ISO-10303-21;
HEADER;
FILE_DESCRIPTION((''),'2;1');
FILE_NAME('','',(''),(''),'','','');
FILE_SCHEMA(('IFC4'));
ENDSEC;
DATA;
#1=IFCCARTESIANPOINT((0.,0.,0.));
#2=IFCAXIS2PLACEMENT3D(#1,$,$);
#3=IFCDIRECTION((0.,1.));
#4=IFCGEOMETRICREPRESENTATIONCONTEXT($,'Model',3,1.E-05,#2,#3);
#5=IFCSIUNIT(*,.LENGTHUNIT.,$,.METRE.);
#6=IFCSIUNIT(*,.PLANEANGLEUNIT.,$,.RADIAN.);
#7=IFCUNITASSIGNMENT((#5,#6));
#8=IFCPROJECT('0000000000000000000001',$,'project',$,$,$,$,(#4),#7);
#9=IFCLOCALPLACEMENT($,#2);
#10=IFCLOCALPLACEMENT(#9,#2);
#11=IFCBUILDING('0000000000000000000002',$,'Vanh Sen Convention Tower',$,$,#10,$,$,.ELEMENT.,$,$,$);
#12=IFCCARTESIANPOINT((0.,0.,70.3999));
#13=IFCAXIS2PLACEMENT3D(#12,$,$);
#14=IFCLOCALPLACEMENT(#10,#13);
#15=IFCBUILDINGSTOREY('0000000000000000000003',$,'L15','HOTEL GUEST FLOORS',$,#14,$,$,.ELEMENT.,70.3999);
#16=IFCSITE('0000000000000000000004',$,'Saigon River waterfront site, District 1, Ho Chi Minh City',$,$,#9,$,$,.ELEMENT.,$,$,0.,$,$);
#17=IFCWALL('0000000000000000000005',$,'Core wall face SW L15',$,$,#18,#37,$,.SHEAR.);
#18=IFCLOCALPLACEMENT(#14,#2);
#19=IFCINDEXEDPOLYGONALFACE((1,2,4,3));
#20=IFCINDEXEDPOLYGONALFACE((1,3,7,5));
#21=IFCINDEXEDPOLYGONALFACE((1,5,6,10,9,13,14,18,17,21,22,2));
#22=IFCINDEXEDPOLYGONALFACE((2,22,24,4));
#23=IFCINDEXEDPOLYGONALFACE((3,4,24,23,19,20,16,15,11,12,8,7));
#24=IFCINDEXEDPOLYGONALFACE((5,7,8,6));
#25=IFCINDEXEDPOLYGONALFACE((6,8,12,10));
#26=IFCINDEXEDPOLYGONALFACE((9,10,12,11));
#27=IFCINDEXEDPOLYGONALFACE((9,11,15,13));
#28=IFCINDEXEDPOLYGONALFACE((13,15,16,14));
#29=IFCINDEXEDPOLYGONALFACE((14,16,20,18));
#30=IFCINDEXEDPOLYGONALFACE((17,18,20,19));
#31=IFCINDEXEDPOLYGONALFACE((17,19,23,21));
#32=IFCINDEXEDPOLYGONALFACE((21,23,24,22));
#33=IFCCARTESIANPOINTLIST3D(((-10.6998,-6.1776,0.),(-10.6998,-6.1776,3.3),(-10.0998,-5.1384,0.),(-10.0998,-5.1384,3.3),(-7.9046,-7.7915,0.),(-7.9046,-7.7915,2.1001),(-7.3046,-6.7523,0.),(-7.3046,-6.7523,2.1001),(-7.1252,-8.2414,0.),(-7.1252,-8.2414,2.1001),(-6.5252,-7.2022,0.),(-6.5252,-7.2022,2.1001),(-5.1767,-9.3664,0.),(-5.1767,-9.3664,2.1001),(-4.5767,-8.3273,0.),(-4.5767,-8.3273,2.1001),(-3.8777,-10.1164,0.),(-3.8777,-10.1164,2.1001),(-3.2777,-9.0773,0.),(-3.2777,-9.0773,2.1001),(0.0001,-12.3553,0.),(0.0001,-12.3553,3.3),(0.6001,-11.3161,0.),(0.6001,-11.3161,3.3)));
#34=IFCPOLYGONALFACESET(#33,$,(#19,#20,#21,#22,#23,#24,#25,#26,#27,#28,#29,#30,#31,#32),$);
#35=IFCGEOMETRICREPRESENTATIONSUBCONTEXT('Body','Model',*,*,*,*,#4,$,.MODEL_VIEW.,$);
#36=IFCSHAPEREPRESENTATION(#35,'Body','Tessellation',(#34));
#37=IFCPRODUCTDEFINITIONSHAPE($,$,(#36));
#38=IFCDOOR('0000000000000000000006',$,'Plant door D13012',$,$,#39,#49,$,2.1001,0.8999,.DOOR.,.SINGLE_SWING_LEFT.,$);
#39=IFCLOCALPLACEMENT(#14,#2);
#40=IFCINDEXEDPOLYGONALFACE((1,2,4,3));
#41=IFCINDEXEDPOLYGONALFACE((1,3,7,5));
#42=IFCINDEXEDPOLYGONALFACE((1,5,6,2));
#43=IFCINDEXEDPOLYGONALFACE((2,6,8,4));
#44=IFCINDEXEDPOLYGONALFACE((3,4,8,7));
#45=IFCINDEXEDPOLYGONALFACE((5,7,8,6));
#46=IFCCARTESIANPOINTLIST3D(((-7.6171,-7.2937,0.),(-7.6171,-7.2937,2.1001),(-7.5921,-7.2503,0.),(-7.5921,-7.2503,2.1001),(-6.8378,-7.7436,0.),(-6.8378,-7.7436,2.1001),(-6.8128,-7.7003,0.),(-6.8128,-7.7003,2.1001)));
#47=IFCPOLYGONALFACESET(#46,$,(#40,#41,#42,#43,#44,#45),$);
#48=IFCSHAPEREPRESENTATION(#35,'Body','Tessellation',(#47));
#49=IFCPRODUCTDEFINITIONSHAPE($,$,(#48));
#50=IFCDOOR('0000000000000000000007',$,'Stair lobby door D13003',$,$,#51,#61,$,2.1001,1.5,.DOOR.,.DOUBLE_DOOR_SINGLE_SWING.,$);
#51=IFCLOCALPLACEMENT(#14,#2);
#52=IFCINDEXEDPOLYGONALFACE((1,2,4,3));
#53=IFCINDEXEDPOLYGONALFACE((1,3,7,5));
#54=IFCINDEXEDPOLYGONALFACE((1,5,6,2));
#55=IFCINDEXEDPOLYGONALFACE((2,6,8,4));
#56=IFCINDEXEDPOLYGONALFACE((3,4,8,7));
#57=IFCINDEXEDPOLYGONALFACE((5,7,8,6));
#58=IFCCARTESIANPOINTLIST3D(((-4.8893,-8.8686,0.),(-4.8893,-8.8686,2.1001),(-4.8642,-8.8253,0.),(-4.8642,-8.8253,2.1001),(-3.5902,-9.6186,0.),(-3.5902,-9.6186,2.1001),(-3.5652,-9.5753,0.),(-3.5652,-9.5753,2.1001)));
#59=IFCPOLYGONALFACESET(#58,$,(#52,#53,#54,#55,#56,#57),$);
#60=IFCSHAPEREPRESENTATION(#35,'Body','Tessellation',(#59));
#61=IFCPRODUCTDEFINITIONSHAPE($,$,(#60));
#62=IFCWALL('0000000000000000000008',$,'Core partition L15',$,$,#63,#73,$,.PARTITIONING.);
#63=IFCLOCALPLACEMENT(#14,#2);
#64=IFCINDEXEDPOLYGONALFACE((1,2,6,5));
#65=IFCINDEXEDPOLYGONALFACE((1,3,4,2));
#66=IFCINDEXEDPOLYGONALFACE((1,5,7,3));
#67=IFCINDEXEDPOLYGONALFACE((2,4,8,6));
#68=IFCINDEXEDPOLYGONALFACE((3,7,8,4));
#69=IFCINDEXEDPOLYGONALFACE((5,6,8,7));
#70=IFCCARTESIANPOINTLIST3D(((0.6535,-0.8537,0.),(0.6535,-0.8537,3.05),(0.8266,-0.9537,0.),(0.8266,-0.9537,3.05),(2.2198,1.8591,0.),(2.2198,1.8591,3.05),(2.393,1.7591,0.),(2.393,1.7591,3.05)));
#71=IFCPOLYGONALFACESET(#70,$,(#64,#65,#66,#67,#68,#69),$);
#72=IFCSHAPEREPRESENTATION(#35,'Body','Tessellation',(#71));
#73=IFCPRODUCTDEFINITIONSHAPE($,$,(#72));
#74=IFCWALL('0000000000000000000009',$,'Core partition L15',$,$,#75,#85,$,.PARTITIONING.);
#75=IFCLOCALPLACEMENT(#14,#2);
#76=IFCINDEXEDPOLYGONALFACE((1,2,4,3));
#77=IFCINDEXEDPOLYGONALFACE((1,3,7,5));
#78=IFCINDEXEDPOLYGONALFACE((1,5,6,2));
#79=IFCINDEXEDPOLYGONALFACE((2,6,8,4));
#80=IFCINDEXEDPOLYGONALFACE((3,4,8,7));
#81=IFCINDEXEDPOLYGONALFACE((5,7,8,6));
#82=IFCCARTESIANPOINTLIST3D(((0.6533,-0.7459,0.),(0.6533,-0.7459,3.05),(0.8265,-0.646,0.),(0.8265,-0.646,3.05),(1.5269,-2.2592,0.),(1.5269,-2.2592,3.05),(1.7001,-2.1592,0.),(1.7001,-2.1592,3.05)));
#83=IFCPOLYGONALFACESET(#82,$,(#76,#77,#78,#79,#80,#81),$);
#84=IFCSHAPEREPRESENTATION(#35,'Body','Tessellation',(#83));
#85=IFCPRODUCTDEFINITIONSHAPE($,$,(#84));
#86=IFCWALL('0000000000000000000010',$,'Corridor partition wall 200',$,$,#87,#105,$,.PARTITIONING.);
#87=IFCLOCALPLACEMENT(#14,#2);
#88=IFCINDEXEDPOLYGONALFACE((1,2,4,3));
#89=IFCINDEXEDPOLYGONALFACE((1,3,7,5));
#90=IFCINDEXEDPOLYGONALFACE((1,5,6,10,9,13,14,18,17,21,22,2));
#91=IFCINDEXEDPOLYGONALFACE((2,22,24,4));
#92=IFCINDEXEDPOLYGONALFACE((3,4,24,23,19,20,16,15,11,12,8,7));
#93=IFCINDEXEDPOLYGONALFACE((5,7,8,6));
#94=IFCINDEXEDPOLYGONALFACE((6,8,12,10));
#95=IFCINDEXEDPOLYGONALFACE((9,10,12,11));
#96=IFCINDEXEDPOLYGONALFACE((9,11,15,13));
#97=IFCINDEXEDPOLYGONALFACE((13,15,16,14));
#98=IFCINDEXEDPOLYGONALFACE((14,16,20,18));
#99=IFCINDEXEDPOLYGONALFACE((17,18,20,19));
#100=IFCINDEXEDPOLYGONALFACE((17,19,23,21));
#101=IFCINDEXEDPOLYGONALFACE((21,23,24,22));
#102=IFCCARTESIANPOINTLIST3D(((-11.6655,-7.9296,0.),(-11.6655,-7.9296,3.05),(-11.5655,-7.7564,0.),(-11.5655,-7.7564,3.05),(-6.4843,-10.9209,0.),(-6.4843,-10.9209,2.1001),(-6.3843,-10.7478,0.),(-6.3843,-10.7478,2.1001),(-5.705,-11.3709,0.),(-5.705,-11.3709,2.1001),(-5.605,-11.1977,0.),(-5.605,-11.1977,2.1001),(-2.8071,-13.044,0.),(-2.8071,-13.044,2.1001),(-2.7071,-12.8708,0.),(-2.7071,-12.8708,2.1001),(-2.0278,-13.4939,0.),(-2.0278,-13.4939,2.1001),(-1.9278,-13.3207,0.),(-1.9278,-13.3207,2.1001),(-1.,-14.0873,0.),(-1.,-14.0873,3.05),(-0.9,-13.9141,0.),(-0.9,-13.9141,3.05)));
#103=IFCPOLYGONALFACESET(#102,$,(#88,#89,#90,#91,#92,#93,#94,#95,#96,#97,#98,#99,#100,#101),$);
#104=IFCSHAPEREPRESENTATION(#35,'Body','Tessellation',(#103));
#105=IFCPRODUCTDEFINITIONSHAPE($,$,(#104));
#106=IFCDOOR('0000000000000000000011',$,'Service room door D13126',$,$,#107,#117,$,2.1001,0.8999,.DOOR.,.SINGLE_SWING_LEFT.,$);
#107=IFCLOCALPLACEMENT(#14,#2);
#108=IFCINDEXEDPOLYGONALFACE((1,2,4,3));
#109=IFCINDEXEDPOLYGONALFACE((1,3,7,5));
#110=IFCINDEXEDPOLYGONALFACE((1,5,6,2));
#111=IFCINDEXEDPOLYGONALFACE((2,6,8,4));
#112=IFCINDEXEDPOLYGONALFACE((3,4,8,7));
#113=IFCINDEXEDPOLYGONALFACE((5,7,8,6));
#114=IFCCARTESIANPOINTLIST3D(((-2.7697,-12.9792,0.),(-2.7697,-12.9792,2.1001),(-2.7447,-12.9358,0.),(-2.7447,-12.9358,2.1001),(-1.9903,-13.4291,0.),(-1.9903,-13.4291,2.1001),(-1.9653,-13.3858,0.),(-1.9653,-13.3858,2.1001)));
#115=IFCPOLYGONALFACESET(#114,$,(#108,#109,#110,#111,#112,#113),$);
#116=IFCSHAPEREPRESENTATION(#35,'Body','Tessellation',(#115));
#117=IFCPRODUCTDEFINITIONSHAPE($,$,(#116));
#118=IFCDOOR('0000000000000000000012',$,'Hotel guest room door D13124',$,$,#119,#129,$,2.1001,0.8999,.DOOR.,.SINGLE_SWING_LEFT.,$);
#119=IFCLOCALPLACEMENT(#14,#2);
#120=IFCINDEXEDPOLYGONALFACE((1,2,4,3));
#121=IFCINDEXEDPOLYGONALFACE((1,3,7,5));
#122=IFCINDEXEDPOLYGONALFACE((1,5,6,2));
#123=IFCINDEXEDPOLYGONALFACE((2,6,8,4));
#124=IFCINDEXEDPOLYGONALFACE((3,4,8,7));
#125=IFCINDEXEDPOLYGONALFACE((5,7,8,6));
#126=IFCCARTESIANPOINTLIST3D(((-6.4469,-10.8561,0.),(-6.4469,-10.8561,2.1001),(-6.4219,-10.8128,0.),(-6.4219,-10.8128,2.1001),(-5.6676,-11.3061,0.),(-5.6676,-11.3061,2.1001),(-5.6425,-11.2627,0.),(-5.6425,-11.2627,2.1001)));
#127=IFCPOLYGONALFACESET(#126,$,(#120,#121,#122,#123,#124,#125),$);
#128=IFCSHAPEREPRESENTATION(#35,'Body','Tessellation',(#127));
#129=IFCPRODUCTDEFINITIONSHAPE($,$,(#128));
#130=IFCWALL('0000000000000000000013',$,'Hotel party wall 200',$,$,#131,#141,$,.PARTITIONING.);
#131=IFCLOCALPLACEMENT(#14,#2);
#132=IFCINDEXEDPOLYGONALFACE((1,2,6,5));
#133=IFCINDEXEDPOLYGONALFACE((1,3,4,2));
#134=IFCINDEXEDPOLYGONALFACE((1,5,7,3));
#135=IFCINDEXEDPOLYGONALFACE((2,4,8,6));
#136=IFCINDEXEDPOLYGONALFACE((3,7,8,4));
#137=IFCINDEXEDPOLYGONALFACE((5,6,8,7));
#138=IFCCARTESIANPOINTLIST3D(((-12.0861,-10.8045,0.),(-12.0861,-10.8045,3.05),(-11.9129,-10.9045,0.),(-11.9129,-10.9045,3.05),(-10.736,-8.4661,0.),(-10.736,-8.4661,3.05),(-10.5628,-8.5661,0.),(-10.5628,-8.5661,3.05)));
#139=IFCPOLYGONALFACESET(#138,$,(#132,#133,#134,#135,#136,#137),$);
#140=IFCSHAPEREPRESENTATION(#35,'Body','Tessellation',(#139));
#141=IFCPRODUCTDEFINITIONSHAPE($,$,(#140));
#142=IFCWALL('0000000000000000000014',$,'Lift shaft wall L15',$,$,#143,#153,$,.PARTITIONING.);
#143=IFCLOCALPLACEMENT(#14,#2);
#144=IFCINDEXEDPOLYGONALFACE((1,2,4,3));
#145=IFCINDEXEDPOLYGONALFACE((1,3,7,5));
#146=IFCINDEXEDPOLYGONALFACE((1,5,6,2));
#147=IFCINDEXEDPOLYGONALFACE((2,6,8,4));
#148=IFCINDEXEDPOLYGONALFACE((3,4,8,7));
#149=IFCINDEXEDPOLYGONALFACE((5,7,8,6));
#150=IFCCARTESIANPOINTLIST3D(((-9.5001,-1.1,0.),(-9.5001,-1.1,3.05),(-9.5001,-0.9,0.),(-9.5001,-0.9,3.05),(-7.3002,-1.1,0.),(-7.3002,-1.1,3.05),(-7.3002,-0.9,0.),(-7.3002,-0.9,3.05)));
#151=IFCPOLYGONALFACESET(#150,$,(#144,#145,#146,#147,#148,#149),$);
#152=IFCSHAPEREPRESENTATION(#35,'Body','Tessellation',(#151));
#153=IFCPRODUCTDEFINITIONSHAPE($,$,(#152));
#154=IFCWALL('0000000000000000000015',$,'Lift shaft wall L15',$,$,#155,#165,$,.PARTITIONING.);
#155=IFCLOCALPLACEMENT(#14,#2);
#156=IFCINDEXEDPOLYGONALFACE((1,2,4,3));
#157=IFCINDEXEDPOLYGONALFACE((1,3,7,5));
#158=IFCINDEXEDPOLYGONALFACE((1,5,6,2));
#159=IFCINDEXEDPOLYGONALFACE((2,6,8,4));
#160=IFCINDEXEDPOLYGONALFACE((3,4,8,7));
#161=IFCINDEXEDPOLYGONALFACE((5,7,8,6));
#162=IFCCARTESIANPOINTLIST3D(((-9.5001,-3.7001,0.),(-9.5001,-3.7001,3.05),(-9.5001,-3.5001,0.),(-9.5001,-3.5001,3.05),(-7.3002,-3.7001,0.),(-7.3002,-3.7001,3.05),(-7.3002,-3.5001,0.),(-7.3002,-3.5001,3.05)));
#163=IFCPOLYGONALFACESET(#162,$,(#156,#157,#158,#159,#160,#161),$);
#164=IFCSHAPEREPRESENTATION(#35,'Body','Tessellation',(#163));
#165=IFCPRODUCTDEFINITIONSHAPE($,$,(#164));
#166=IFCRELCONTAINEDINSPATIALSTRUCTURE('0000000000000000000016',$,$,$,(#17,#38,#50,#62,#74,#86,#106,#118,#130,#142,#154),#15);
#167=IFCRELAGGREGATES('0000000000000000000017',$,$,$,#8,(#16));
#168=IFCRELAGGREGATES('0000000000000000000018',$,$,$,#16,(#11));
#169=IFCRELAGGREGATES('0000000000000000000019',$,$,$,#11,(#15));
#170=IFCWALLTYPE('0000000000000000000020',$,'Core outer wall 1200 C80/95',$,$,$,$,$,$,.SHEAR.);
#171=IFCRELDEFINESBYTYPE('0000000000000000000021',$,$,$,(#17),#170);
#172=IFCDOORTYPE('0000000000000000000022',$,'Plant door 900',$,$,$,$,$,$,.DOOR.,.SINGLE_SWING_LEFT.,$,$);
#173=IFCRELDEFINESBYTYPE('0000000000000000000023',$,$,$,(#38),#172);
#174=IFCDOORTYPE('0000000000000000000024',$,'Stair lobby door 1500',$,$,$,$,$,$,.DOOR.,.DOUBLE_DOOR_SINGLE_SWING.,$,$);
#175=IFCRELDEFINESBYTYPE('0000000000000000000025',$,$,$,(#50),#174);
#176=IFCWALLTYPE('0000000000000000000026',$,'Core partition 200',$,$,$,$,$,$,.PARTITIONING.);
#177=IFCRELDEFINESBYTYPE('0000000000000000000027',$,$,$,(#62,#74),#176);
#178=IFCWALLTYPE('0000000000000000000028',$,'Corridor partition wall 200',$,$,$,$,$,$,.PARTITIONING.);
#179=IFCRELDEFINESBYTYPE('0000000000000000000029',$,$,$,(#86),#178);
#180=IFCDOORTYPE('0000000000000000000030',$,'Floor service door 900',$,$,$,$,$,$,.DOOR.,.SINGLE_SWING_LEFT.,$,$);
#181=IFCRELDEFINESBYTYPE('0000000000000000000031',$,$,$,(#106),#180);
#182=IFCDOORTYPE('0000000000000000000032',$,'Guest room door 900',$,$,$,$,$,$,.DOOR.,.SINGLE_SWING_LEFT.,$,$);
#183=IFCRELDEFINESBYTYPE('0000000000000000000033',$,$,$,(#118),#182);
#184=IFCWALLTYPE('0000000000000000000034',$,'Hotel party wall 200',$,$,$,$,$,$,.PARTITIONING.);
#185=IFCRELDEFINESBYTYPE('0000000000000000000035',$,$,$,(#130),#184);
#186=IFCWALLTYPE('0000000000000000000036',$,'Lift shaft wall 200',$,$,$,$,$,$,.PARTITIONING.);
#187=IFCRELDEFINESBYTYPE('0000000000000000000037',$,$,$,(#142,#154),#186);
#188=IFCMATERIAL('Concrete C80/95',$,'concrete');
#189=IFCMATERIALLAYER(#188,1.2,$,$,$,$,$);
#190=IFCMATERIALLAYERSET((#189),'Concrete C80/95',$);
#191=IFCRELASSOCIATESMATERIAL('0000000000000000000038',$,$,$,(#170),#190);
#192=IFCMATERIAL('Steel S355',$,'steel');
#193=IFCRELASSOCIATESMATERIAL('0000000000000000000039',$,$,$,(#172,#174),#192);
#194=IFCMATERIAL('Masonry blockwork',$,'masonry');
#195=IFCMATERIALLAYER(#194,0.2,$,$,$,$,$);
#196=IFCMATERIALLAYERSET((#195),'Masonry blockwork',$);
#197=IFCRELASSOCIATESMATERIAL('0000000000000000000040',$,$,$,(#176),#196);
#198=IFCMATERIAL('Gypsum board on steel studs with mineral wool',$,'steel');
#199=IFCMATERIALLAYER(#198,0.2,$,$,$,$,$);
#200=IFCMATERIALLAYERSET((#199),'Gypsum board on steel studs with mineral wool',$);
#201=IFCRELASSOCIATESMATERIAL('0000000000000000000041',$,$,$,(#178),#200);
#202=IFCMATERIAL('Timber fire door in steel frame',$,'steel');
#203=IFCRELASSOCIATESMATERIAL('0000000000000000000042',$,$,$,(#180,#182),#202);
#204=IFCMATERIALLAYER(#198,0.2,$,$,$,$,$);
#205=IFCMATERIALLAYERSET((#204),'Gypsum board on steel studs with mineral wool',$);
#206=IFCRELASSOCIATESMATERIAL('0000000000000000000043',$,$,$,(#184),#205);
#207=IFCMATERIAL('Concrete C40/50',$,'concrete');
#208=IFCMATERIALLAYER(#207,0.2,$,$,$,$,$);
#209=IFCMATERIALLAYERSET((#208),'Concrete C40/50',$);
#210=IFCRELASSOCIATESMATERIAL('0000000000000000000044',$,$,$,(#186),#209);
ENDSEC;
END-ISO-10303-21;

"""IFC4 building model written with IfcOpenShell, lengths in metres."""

from ifc_helpers import new_model, si_unit, direction, frame, frame_2d, origin, place, context, subcontext, project, spatial, rectangle, extrude, material, layer, layer_set, type_object, element, fill, save


model = new_model("IFC4")

# Units and contexts
model_context = context("Model", 3, precision=1e-05, world=origin(), true_north=direction((0.0, 1.0)))
body_context = subcontext(model_context, "Body", "Model", "MODEL_VIEW")
ifc_project = project(units=[si_unit("LENGTHUNIT", "METRE"), si_unit("PLANEANGLEUNIT", "RADIAN")], contexts=[model_context])

# Site, building, storey
site_placement = place(None, origin())
site = spatial("IfcSite", under=ifc_project, at=site_placement, Name="Saigon River waterfront site, District 1, Ho Chi Minh City", CompositionType="ELEMENT", RefElevation=0.0)
building_placement = place(site_placement, origin())
building = spatial("IfcBuilding", under=site, at=building_placement, Name="Vanh Sen Convention Tower", CompositionType="ELEMENT")
storey_placement = place(building_placement, frame((0.0, 0.0, 70.3999)))
storey = spatial("IfcBuildingStorey", under=building, at=storey_placement, Name="L15", Description="HOTEL GUEST FLOORS", CompositionType="ELEMENT", Elevation=70.3999)

# Shared definitions
ifc_material_1 = material(Name="Concrete C40/50", Category="concrete")

# Wall, openings, doors
ifc_material_2 = material(Name="Concrete C80/95", Category="concrete")
ifc_layer_1 = layer(ifc_material_2, 1.2)
ifc_layer_set_1 = layer_set([ifc_layer_1], Name="Concrete C80/95")
wall_type_1 = type_object("IfcWallType", Name="Core outer wall 1200 C80/95", PredefinedType="SHEAR", material=ifc_layer_set_1)
wall_1_placement = place(storey_placement, frame((-10.3999, -5.658, 0.0), z_axis=(0.0, 0.0, 1.0), x_axis=(0.866021, -0.500007, 0.0)))
wall_1 = element("IfcWall", 1, at=wall_1_placement, inside=storey, type_object=wall_type_1, Name="Core wall face SW L15", PredefinedType="SHEAR", context=body_context, shape_type="SweptSolid", body=[
    extrude(rectangle(XDim=12.3552, YDim=1.2, at=frame_2d((6.1777, 0.0))), origin(), (0.0, 0.0, 1.0), 3.3),
])
opening_1_placement = place(wall_1_placement, frame((6.3777, 0.0, 0.0)))
opening_1 = element("IfcOpeningElement", 2, at=opening_1_placement, cuts=wall_1, PredefinedType="OPENING", context=body_context, shape_type="SweptSolid", body=[
    extrude(rectangle(XDim=1.5, YDim=2.1001, at=frame_2d((0.75, 1.05))), frame((0.0, 0.6099, 0.0), z_axis=(0.0, -1.0, 0.0), x_axis=(1.0, 0.0, 0.0)), (0.0, 0.0, 1.0), 1.22),
])
opening_2_placement = place(wall_1_placement, frame((3.2278, 0.0, 0.0)))
opening_2 = element("IfcOpeningElement", 3, at=opening_2_placement, cuts=wall_1, PredefinedType="OPENING", context=body_context, shape_type="SweptSolid", body=[
    extrude(rectangle(XDim=0.8999, YDim=2.1001, at=frame_2d((0.45, 1.05))), frame((0.0, 0.6099, 0.0), z_axis=(0.0, -1.0, 0.0), x_axis=(1.0, 0.0, 0.0)), (0.0, 0.0, 1.0), 1.22),
])
ifc_material_3 = material(Name="Steel S355", Category="steel")
door_type_1 = type_object("IfcDoorType", Name="Plant door 900", OperationType="SINGLE_SWING_LEFT", PredefinedType="DOOR", material=ifc_material_3)
door_1_placement = place(opening_2_placement, origin())
door_1 = element("IfcDoor", 4, at=door_1_placement, inside=storey, type_object=door_type_1, Name="Plant door D13012", OperationType="SINGLE_SWING_LEFT", OverallHeight=2.1001, OverallWidth=0.8999, PredefinedType="DOOR", context=body_context, shape_type="SweptSolid", body=[
    extrude(rectangle(XDim=0.8999, YDim=2.1001, at=frame_2d((0.45, 1.05))), frame((0.0, 0.0249, 0.0), z_axis=(0.0, -1.0, 0.0), x_axis=(1.0, 0.0, 0.0)), (0.0, 0.0, 1.0), 0.05),
])
fill(opening_2, door_1)
door_type_2 = type_object("IfcDoorType", Name="Stair lobby door 1500", OperationType="DOUBLE_DOOR_SINGLE_SWING", PredefinedType="DOOR", material=ifc_material_3)
door_2_placement = place(opening_1_placement, origin())
door_2 = element("IfcDoor", 5, at=door_2_placement, inside=storey, type_object=door_type_2, Name="Stair lobby door D13003", OperationType="DOUBLE_DOOR_SINGLE_SWING", OverallHeight=2.1001, OverallWidth=1.5, PredefinedType="DOOR", context=body_context, shape_type="SweptSolid", body=[
    extrude(rectangle(XDim=1.5, YDim=2.1001, at=frame_2d((0.75, 1.05))), frame((0.0, 0.0249, 0.0), z_axis=(0.0, -1.0, 0.0), x_axis=(1.0, 0.0, 0.0)), (0.0, 0.0, 1.0), 0.05),
])
fill(opening_1, door_2)

# Walls
ifc_material_4 = material(Name="Masonry blockwork", Category="masonry")
ifc_layer_2 = layer(ifc_material_4, 0.2)
ifc_layer_set_2 = layer_set([ifc_layer_2], Name="Masonry blockwork")
wall_type_2 = type_object("IfcWallType", Name="Core partition 200", PredefinedType="PARTITIONING", material=ifc_layer_set_2)
wall_2_placement = place(storey_placement, frame((0.74, -0.9038, 0.0), z_axis=(0.0, 0.0, 1.0), x_axis=(0.500028, 0.866009, 0.0)))
element("IfcWall", 6, at=wall_2_placement, inside=storey, type_object=wall_type_2, Name="Core partition L15", PredefinedType="PARTITIONING", context=body_context, shape_type="SweptSolid", body=[
    extrude(rectangle(XDim=3.1326, YDim=0.2, at=frame_2d((1.5664, 0.0))), origin(), (0.0, 0.0, 1.0), 3.05),
])
wall_3_placement = place(storey_placement, frame((0.74, -0.696, 0.0), z_axis=(0.0, 0.0, 1.0), x_axis=(0.499956, -0.866051, 0.0)))
element("IfcWall", 7, at=wall_3_placement, inside=storey, type_object=wall_type_2, Name="Core partition L15", PredefinedType="PARTITIONING", context=body_context, shape_type="SweptSolid", body=[
    extrude(rectangle(XDim=1.7473, YDim=0.2, at=frame_2d((0.8735, 0.0))), origin(), (0.0, 0.0, 1.0), 3.05),
])

# Wall, openings, doors
ifc_material_5 = material(Name="Gypsum board on steel studs with mineral wool", Category="steel")
ifc_layer_3 = layer(ifc_material_5, 0.2)
ifc_layer_set_3 = layer_set([ifc_layer_3], Name="Gypsum board on steel studs with mineral wool")
wall_type_3 = type_object("IfcWallType", Name="Corridor partition wall 200", PredefinedType="PARTITIONING", material=ifc_layer_set_3)
wall_4_placement = place(storey_placement, frame((-11.6155, -7.843, 0.0), z_axis=(0.0, 0.0, 1.0), x_axis=(0.866026, -0.499998, 0.0)))
wall_4 = element("IfcWall", 8, at=wall_4_placement, inside=storey, type_object=wall_type_3, Name="Corridor partition wall 200", PredefinedType="PARTITIONING", context=body_context, shape_type="SweptSolid", body=[
    extrude(rectangle(XDim=12.3154, YDim=0.2, at=frame_2d((6.1577, 0.0))), origin(), (0.0, 0.0, 1.0), 3.05),
])
opening_3_placement = place(wall_4_placement, frame((5.9827, 0.0, 0.0)))
opening_3 = element("IfcOpeningElement", 9, at=opening_3_placement, cuts=wall_4, PredefinedType="OPENING", context=body_context, shape_type="SweptSolid", body=[
    extrude(rectangle(XDim=0.8999, YDim=2.1001, at=frame_2d((0.45, 1.05))), frame((0.0, 0.1099, 0.0), z_axis=(0.0, -1.0, 0.0), x_axis=(1.0, 0.0, 0.0)), (0.0, 0.0, 1.0), 0.22),
])
opening_4_placement = place(wall_4_placement, frame((10.2288, 0.0, 0.0)))
opening_4 = element("IfcOpeningElement", 10, at=opening_4_placement, cuts=wall_4, PredefinedType="OPENING", context=body_context, shape_type="SweptSolid", body=[
    extrude(rectangle(XDim=0.8999, YDim=2.1001, at=frame_2d((0.45, 1.05))), frame((0.0, 0.1099, 0.0), z_axis=(0.0, -1.0, 0.0), x_axis=(1.0, 0.0, 0.0)), (0.0, 0.0, 1.0), 0.22),
])
ifc_material_6 = material(Name="Timber fire door in steel frame", Category="steel")
door_type_3 = type_object("IfcDoorType", Name="Floor service door 900", OperationType="SINGLE_SWING_LEFT", PredefinedType="DOOR", material=ifc_material_6)
door_3_placement = place(opening_4_placement, origin())
door_3 = element("IfcDoor", 11, at=door_3_placement, inside=storey, type_object=door_type_3, Name="Service room door D13126", OperationType="SINGLE_SWING_LEFT", OverallHeight=2.1001, OverallWidth=0.8999, PredefinedType="DOOR", context=body_context, shape_type="SweptSolid", body=[
    extrude(rectangle(XDim=0.8999, YDim=2.1001, at=frame_2d((0.45, 1.05))), frame((0.0, 0.0249, 0.0), z_axis=(0.0, -1.0, 0.0), x_axis=(1.0, 0.0, 0.0)), (0.0, 0.0, 1.0), 0.05),
])
fill(opening_4, door_3)
door_type_4 = type_object("IfcDoorType", Name="Guest room door 900", OperationType="SINGLE_SWING_LEFT", PredefinedType="DOOR", material=ifc_material_6)
door_4_placement = place(opening_3_placement, origin())
door_4 = element("IfcDoor", 12, at=door_4_placement, inside=storey, type_object=door_type_4, Name="Hotel guest room door D13124", OperationType="SINGLE_SWING_LEFT", OverallHeight=2.1001, OverallWidth=0.8999, PredefinedType="DOOR", context=body_context, shape_type="SweptSolid", body=[
    extrude(rectangle(XDim=0.8999, YDim=2.1001, at=frame_2d((0.45, 1.05))), frame((0.0, 0.0249, 0.0), z_axis=(0.0, -1.0, 0.0), x_axis=(1.0, 0.0, 0.0)), (0.0, 0.0, 1.0), 0.05),
])
fill(opening_3, door_4)

# Walls
ifc_layer_4 = layer(ifc_material_5, 0.2)
ifc_layer_set_4 = layer_set([ifc_layer_4], Name="Gypsum board on steel studs with mineral wool")
wall_type_4 = type_object("IfcWallType", Name="Hotel party wall 200", PredefinedType="PARTITIONING", material=ifc_layer_set_4)
wall_5_placement = place(storey_placement, frame((-11.9995, -10.8545, 0.0), z_axis=(0.0, 0.0, 1.0), x_axis=(0.500009, 0.86602, 0.0)))
element("IfcWall", 13, at=wall_5_placement, inside=storey, type_object=wall_type_4, Name="Hotel party wall 200", PredefinedType="PARTITIONING", context=body_context, shape_type="SweptSolid", body=[
    extrude(rectangle(XDim=2.7002, YDim=0.2, at=frame_2d((1.3501, 0.0))), origin(), (0.0, 0.0, 1.0), 3.05),
])
ifc_layer_5 = layer(ifc_material_1, 0.2)
ifc_layer_set_5 = layer_set([ifc_layer_5], Name="Concrete C40/50")
wall_type_5 = type_object("IfcWallType", Name="Lift shaft wall 200", PredefinedType="PARTITIONING", material=ifc_layer_set_5)
for number, where, z_axis, x_axis, name in (
    (14, (-7.3, -1.0, 0.0), (0.0, 0.0, 1.0), (-1.0, 0.0, 0.0), "Lift shaft wall L15"),
    (15, (-7.3, -3.6001, 0.0), (0.0, 0.0, 1.0), (-1.0, 0.0, 0.0), "Lift shaft wall L15"),
):
    element("IfcWall", number, at=place(storey_placement, frame(where, z_axis=z_axis, x_axis=x_axis)), inside=storey, type_object=wall_type_5, Name=name, PredefinedType="PARTITIONING", context=body_context, shape_type="SweptSolid", body=[
        extrude(rectangle(XDim=2.2, YDim=0.2, at=frame_2d((1.1001, 0.0))), origin(), (0.0, 0.0, 1.0), 3.05),
    ])

save(model, "model.ifc")
